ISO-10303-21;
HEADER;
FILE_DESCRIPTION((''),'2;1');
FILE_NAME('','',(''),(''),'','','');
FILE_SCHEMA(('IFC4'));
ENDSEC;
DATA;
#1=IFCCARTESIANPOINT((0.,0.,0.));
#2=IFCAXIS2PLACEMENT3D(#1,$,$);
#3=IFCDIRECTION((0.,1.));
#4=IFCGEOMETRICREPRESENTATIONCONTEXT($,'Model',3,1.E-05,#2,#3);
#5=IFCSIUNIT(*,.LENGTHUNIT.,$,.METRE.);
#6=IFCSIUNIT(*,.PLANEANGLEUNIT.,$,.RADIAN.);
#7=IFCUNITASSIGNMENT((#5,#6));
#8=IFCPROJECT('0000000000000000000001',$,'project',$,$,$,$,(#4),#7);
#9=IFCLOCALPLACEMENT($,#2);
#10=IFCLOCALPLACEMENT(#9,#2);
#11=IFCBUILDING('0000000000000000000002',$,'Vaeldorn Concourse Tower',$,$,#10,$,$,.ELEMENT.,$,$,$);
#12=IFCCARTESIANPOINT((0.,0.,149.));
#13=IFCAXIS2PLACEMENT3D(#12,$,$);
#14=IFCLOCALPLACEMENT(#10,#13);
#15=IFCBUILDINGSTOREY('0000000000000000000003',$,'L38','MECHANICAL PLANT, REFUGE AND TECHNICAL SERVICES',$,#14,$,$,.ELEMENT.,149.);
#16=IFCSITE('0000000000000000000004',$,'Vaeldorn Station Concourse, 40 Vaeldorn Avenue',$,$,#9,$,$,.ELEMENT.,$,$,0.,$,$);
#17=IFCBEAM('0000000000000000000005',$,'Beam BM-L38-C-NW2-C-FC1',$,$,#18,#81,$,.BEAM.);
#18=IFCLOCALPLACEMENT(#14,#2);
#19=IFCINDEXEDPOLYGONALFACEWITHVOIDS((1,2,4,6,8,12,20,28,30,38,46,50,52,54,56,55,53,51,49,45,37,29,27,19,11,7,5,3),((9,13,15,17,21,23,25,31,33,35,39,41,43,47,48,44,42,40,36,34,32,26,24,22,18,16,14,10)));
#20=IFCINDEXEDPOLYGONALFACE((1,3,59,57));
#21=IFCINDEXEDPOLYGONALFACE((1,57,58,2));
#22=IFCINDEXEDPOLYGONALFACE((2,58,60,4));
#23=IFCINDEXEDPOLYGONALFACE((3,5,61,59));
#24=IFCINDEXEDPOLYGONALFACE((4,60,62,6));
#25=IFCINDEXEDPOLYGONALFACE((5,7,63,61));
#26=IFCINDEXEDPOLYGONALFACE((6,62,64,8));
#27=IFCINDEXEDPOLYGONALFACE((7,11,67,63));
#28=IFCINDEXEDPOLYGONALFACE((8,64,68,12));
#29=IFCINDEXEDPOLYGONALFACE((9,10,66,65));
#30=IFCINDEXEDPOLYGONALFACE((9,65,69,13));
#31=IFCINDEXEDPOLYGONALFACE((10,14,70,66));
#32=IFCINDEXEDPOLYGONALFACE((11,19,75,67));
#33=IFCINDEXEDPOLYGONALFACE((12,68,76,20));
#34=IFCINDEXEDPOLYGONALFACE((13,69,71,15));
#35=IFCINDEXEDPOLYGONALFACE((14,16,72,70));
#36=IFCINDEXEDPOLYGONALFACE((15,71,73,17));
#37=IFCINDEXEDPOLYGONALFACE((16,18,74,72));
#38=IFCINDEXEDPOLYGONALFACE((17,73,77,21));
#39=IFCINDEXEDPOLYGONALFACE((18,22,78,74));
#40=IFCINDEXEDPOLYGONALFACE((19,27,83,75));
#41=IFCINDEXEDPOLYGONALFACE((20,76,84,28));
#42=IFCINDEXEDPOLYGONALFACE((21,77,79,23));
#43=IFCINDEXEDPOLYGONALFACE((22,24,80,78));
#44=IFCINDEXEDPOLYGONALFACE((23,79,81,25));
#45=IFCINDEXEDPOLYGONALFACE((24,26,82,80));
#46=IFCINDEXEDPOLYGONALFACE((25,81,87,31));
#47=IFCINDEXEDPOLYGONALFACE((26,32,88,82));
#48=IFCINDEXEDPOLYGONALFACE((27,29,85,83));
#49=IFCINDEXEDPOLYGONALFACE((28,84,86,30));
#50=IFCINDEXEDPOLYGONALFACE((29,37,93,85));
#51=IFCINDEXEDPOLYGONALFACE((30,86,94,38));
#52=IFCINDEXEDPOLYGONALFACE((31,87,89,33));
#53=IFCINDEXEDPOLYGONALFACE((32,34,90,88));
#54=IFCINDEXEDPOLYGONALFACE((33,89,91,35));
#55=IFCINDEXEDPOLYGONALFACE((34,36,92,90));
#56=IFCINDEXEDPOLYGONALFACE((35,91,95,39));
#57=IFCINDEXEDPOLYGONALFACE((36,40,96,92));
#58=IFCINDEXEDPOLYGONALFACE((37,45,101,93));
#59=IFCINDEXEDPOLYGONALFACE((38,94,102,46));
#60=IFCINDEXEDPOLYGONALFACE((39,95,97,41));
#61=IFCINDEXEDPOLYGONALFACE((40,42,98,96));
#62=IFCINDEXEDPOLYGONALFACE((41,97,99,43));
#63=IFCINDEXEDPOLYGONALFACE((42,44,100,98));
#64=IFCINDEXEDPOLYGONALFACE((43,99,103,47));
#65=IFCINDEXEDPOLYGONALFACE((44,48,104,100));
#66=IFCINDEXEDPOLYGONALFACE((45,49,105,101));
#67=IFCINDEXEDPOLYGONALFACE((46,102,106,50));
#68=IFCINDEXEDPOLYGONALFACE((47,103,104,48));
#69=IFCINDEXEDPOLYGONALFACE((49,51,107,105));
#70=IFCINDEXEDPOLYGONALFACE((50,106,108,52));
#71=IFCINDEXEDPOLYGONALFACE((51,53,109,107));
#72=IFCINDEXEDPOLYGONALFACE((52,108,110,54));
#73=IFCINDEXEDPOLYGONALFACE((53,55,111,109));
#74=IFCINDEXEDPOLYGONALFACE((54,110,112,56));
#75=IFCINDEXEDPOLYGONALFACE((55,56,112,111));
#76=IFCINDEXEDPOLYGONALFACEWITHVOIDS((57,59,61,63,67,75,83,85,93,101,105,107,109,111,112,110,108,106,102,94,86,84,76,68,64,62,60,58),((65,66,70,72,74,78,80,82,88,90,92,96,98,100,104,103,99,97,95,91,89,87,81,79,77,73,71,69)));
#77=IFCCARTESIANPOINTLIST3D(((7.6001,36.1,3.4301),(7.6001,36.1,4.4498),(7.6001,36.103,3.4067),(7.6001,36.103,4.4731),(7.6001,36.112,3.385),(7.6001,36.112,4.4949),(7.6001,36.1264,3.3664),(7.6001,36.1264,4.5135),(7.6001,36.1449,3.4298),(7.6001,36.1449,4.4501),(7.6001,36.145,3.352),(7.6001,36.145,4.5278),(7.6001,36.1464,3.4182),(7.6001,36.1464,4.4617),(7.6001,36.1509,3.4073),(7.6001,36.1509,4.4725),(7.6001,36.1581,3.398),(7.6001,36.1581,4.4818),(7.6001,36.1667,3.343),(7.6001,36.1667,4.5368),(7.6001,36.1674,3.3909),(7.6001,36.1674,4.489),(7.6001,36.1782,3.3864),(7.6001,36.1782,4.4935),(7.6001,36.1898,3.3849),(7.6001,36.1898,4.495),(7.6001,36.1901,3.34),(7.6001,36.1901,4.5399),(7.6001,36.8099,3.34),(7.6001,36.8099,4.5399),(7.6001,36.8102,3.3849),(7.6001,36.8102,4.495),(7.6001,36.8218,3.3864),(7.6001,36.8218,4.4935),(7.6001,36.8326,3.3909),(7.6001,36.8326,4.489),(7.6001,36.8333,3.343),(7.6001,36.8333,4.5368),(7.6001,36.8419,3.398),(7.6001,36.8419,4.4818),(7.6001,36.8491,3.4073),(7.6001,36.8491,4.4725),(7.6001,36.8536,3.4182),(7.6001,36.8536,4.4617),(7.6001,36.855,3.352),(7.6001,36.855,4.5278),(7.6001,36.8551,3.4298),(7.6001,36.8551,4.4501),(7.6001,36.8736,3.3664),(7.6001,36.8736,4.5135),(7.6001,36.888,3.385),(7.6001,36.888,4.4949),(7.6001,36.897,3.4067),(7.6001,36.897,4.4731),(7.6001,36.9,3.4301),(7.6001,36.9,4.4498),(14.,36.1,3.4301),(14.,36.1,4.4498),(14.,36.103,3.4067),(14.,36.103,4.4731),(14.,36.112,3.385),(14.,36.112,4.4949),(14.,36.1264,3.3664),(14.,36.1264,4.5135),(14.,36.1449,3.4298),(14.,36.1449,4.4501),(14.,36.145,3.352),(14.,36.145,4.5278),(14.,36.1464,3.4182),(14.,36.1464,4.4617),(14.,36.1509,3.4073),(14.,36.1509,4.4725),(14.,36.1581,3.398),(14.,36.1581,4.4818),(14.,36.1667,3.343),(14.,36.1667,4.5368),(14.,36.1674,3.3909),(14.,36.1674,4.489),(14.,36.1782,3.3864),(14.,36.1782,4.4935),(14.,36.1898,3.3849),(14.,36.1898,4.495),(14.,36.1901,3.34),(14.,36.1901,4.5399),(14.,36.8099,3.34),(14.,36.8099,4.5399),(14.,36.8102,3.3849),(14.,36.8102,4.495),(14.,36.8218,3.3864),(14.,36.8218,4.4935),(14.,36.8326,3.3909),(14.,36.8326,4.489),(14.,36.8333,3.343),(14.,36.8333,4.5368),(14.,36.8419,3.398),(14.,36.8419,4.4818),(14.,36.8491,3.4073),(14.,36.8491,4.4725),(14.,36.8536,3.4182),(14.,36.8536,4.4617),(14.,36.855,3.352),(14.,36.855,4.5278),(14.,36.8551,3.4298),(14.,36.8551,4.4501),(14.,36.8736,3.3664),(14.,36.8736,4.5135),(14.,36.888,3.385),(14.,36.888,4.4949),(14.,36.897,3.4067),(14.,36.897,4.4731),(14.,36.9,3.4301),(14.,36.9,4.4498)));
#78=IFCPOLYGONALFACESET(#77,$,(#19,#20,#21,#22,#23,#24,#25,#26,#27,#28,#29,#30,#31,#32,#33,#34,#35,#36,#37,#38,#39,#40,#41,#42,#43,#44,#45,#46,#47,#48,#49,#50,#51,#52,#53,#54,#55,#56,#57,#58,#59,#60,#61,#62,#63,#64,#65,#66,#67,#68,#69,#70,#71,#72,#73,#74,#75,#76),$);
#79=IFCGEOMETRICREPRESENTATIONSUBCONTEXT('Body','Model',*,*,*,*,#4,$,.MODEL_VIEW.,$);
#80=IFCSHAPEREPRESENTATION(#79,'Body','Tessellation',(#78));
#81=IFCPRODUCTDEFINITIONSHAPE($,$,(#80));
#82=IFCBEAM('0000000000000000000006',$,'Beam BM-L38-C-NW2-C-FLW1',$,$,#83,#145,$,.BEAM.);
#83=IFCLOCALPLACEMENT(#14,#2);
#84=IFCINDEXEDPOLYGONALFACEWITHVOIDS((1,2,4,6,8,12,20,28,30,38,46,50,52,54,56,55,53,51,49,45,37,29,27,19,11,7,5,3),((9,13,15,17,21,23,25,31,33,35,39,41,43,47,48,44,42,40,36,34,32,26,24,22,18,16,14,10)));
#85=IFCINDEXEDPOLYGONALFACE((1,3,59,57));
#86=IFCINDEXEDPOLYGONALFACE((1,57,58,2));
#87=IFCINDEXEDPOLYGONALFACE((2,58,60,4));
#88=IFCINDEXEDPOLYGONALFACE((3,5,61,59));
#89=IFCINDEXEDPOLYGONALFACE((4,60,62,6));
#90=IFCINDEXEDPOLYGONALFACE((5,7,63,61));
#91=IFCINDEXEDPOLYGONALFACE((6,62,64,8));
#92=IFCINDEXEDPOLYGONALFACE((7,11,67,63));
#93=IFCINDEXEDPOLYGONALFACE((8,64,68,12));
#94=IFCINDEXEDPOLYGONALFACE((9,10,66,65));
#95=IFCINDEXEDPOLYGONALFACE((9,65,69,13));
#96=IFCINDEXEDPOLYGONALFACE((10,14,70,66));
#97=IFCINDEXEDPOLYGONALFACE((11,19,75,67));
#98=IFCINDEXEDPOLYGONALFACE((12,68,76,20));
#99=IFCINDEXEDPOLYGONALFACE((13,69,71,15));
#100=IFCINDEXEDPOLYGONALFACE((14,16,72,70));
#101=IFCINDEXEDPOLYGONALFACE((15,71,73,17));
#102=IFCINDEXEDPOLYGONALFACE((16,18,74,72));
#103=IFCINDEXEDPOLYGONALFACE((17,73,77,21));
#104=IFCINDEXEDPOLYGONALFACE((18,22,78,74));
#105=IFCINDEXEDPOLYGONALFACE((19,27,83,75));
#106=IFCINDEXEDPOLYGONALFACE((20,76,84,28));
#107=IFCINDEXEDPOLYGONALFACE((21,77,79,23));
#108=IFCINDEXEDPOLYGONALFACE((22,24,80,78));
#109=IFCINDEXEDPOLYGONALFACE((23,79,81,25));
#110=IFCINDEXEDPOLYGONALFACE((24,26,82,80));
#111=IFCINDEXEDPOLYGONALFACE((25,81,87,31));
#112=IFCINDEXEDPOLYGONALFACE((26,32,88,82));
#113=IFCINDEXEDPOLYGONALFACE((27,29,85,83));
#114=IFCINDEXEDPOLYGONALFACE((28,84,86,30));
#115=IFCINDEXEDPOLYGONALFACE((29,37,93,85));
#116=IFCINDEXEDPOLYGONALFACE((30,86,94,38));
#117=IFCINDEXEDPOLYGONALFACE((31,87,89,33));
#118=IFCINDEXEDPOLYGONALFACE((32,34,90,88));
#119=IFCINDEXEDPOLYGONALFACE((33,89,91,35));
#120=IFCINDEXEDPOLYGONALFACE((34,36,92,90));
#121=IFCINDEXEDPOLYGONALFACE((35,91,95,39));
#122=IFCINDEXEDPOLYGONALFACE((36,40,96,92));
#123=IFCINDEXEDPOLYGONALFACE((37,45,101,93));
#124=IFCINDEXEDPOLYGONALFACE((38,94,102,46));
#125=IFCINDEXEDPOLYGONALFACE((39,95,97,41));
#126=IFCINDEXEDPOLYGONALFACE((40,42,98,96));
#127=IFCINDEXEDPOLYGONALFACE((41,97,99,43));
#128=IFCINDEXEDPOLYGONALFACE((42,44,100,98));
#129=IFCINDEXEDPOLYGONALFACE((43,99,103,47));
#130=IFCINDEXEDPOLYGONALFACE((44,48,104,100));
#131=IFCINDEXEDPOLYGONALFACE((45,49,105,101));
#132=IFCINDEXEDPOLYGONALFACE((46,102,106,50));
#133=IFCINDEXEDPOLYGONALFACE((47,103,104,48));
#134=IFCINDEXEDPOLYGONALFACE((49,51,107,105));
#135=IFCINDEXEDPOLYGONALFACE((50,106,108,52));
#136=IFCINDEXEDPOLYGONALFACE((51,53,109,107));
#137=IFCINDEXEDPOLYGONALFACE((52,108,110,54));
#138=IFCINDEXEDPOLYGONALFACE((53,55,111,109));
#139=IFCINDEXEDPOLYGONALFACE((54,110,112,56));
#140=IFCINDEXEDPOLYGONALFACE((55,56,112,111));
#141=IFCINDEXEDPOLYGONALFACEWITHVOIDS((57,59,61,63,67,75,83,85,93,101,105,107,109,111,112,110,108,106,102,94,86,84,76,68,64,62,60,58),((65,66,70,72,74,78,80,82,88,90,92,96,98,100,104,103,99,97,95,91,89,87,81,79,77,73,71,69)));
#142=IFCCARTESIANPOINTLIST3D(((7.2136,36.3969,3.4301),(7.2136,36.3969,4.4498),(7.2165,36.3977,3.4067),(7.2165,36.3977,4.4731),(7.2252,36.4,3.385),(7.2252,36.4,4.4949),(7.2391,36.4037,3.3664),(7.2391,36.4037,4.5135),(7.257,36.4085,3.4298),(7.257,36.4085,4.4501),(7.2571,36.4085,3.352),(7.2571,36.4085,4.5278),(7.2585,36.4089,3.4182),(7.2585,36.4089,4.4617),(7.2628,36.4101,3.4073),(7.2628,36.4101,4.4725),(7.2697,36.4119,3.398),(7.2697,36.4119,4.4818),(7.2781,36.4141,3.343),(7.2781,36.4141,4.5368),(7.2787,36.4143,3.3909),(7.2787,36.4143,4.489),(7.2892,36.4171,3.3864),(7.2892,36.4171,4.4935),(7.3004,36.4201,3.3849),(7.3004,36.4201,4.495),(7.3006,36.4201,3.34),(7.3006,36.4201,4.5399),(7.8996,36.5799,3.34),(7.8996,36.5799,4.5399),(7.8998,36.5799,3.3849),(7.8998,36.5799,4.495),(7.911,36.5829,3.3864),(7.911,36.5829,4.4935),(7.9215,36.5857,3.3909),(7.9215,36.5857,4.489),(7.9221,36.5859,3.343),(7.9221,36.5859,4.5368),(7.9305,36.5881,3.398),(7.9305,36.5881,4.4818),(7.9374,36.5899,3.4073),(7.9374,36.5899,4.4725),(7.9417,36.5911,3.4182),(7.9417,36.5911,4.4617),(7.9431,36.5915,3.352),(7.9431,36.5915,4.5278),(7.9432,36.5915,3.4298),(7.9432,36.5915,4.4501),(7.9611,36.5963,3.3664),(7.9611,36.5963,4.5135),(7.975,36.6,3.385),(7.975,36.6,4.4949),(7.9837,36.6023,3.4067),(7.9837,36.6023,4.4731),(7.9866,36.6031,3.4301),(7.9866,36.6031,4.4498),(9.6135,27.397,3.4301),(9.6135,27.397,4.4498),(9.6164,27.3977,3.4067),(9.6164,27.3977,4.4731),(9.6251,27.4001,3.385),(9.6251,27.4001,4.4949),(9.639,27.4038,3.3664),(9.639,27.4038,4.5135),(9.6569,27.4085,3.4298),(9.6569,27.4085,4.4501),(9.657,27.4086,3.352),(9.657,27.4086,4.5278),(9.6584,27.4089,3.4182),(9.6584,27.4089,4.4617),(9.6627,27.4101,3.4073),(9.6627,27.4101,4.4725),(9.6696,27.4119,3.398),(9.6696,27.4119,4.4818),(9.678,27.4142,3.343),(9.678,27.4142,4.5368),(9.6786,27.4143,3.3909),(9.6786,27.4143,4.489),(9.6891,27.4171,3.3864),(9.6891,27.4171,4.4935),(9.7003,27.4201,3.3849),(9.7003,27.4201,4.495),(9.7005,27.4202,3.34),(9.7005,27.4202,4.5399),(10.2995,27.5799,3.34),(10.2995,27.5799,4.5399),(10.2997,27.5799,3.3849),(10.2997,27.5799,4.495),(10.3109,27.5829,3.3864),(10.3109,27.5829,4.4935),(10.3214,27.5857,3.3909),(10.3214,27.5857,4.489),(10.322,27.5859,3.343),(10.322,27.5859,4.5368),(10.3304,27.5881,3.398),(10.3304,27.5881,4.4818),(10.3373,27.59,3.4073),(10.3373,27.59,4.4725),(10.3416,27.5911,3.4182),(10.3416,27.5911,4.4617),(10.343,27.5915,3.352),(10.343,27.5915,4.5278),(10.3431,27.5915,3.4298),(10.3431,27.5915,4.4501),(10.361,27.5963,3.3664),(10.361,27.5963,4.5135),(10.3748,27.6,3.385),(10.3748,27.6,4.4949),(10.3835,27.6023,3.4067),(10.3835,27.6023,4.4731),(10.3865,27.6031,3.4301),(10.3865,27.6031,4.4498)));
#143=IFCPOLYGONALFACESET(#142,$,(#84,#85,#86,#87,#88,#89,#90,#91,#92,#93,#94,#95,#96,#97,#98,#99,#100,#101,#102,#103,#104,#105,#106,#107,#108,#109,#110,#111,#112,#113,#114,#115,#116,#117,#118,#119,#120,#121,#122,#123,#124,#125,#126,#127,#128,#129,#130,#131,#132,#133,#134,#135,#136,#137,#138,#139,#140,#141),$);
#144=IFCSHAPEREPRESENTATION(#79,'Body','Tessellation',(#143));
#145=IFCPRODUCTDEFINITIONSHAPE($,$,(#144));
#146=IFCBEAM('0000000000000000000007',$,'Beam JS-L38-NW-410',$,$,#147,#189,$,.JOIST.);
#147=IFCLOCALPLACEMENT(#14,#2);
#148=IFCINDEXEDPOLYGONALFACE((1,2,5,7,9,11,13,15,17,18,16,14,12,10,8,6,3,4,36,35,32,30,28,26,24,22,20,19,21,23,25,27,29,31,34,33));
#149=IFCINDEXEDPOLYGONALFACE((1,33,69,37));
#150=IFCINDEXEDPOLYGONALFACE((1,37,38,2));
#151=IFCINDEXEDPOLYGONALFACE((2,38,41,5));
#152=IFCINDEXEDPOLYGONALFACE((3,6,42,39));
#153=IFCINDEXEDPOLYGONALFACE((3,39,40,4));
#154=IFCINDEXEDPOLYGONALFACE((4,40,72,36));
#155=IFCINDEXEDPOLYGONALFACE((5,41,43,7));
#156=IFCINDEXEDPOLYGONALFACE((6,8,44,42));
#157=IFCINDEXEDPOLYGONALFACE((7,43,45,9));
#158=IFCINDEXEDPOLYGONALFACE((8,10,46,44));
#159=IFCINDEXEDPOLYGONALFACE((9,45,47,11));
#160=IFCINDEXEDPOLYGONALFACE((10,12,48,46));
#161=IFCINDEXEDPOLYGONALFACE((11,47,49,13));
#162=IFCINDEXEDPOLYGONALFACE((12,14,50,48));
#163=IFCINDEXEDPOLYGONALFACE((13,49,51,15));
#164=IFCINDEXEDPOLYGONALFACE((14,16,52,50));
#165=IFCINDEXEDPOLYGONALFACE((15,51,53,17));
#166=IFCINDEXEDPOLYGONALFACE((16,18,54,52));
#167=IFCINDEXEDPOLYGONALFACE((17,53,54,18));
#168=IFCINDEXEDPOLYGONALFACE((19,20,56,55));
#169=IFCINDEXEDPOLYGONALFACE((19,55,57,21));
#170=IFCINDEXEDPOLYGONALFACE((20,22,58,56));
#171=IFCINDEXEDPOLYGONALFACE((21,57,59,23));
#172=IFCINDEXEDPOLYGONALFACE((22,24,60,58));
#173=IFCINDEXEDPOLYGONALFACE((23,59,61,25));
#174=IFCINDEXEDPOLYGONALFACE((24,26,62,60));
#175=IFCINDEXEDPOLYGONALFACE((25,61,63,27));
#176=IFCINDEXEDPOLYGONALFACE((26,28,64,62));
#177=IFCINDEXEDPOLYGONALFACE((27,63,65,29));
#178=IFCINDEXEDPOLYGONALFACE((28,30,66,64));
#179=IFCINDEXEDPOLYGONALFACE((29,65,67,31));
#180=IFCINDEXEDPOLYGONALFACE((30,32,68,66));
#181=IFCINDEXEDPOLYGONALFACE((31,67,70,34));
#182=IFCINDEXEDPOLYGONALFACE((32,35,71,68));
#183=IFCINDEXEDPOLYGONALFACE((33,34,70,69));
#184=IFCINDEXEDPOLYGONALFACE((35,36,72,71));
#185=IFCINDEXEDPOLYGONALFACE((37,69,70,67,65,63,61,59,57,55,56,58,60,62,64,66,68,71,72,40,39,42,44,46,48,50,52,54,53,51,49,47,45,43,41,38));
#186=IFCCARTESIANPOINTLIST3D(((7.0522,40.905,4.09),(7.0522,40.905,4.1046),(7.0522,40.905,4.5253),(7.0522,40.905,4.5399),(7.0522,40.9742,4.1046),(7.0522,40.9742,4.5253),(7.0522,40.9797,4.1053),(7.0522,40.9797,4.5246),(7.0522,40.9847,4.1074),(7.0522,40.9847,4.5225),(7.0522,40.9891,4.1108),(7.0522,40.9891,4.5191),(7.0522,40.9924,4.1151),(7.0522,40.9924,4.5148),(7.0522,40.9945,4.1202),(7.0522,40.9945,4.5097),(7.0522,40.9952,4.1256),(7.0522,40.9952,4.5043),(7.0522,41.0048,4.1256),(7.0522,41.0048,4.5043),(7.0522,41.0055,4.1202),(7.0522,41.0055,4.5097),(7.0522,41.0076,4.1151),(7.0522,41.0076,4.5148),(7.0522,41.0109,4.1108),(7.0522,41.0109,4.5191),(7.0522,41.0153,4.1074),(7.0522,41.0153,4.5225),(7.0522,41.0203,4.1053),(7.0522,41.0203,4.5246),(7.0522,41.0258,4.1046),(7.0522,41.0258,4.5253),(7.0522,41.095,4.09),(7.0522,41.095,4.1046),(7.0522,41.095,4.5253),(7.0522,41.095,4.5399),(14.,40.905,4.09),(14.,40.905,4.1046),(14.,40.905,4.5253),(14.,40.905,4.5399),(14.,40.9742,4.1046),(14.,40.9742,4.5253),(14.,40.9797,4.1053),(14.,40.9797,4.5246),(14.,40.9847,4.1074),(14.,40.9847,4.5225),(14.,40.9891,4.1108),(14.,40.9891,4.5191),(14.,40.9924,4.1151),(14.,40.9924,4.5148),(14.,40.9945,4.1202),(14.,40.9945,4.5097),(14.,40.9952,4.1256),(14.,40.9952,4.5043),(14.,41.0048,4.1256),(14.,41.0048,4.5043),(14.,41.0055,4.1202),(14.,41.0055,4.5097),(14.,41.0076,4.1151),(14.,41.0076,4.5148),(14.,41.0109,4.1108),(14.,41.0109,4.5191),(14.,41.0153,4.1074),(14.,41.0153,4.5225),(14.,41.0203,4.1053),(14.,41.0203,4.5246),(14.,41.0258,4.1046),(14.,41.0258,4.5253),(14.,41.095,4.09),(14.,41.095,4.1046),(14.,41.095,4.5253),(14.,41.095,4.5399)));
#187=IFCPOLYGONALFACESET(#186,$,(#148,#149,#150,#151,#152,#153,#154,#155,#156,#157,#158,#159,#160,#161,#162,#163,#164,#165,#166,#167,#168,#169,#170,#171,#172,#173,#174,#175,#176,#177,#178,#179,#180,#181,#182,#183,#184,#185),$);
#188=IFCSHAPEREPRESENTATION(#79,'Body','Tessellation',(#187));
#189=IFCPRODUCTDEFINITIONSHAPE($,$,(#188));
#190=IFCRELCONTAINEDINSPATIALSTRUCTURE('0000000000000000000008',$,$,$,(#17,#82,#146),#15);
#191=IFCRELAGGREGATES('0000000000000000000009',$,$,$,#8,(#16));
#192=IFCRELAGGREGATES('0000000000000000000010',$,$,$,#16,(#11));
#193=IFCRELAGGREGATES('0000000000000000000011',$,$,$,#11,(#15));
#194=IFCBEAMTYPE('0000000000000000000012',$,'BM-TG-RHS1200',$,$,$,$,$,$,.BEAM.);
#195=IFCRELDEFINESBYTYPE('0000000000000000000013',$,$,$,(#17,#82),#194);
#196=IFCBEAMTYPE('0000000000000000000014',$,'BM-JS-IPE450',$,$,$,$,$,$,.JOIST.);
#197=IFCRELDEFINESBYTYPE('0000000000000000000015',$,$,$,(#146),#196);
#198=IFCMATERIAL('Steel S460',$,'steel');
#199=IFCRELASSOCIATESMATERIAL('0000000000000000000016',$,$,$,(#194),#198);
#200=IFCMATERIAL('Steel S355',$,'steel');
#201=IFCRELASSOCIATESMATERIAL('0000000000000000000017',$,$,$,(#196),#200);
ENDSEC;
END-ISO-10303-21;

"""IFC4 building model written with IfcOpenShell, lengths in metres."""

from ifc_helpers import new_model, si_unit, direction, frame, origin, origin_2d, place, context, subcontext, project, spatial, hollow_rectangle, i_section, extrude, source, transform, mapped, material, material_profile, profile_set, type_object, element, save


model = new_model("IFC4")

# Units and contexts
model_context = context("Model", 3, precision=1e-05, world=origin(), true_north=direction((0.0, 1.0)))
body_context = subcontext(model_context, "Body", "Model", "MODEL_VIEW")
ifc_project = project(units=[si_unit("LENGTHUNIT", "METRE"), si_unit("PLANEANGLEUNIT", "RADIAN")], contexts=[model_context])

# Site, building, storey
site_placement = place(None, origin())
site = spatial("IfcSite", under=ifc_project, at=site_placement, Name="Vaeldorn Station Concourse, 40 Vaeldorn Avenue", CompositionType="ELEMENT", RefElevation=0.0)
building_placement = place(site_placement, origin())
building = spatial("IfcBuilding", under=site, at=building_placement, Name="Vaeldorn Concourse Tower", CompositionType="ELEMENT")
storey_placement = place(building_placement, frame((0.0, 0.0, 149.0)))
storey = spatial("IfcBuildingStorey", under=building, at=storey_placement, Name="L38", Description="MECHANICAL PLANT, REFUGE AND TECHNICAL SERVICES", CompositionType="ELEMENT", Elevation=149.0)

# Shared definitions
ifc_material_1 = material(Name="Steel S460", Category="steel")

# Beams
ifc_material_profile_1 = material_profile(ifc_material_1, hollow_rectangle(XDim=0.8, YDim=1.2, WallThickness=0.0449, InnerFilletRadius=0.0449, OuterFilletRadius=0.0901, at=origin_2d()), Name="RHS 1200x800x45")
ifc_profile_set_1 = profile_set([ifc_material_profile_1], Name="Steel S460")
beam_type_1 = type_object("IfcBeamType", Name="BM-TG-RHS1200", PredefinedType="BEAM", material=ifc_profile_set_1)
shared_shape_1 = source(origin(), body_context, "Body", "SweptSolid", [
    extrude(hollow_rectangle(XDim=0.8, YDim=1.2, WallThickness=0.0449, InnerFilletRadius=0.0449, OuterFilletRadius=0.0901, at=origin_2d()), origin(), (0.0, 0.0, 1.0), 6.3999),
])
beam_1_placement = place(storey_placement, frame((7.6001, 36.5, 3.9399), z_axis=(1.0, 0.0, 0.0), x_axis=(0.0, 1.0, 0.0)))
element("IfcBeam", 1, at=beam_1_placement, inside=storey, type_object=beam_type_1, Name="Beam BM-L38-C-NW2-C-FC1", PredefinedType="BEAM", context=body_context, shape_type="MappedRepresentation", body=[
    mapped(shared_shape_1, transform((0.0, 0.0, 0.0), scale=1.0)),
])
shared_shape_2 = source(origin(), body_context, "Body", "SweptSolid", [
    extrude(hollow_rectangle(XDim=0.8, YDim=1.2, WallThickness=0.0449, InnerFilletRadius=0.0449, OuterFilletRadius=0.0901, at=origin_2d()), origin(), (0.0, 0.0, 1.0), 9.3145),
])
beam_2_placement = place(storey_placement, frame((7.6001, 36.5, 3.9399), z_axis=(0.257653, -0.966238, 0.0), x_axis=(0.966238, 0.257653, 0.0)))
element("IfcBeam", 2, at=beam_2_placement, inside=storey, type_object=beam_type_1, Name="Beam BM-L38-C-NW2-C-FLW1", PredefinedType="BEAM", context=body_context, shape_type="MappedRepresentation", body=[
    mapped(shared_shape_2, transform((0.0, 0.0, 0.0), scale=1.0)),
])
ifc_material_2 = material(Name="Steel S355", Category="steel")
ifc_material_profile_2 = material_profile(ifc_material_2, i_section(OverallWidth=0.1899, OverallDepth=0.45, WebThickness=0.0095, FlangeThickness=0.0146, FilletRadius=0.021, at=origin_2d()), Name="IPE 450")
ifc_profile_set_2 = profile_set([ifc_material_profile_2], Name="Steel S355")
beam_type_2 = type_object("IfcBeamType", Name="BM-JS-IPE450", PredefinedType="JOIST", material=ifc_profile_set_2)
shared_shape_3 = source(origin(), body_context, "Body", "SweptSolid", [
    extrude(i_section(OverallWidth=0.1899, OverallDepth=0.45, WebThickness=0.0095, FlangeThickness=0.0146, FilletRadius=0.021, at=origin_2d()), origin(), (0.0, 0.0, 1.0), 6.9478),
])
beam_3_placement = place(storey_placement, frame((7.0522, 41.0, 4.3149), z_axis=(1.0, 0.0, 0.0), x_axis=(0.0, 1.0, 0.0)))
element("IfcBeam", 3, at=beam_3_placement, inside=storey, type_object=beam_type_2, Name="Beam JS-L38-NW-410", PredefinedType="JOIST", context=body_context, shape_type="MappedRepresentation", body=[
    mapped(shared_shape_3, transform((0.0, 0.0, 0.0), scale=1.0)),
])

save(model, "model.ifc")
